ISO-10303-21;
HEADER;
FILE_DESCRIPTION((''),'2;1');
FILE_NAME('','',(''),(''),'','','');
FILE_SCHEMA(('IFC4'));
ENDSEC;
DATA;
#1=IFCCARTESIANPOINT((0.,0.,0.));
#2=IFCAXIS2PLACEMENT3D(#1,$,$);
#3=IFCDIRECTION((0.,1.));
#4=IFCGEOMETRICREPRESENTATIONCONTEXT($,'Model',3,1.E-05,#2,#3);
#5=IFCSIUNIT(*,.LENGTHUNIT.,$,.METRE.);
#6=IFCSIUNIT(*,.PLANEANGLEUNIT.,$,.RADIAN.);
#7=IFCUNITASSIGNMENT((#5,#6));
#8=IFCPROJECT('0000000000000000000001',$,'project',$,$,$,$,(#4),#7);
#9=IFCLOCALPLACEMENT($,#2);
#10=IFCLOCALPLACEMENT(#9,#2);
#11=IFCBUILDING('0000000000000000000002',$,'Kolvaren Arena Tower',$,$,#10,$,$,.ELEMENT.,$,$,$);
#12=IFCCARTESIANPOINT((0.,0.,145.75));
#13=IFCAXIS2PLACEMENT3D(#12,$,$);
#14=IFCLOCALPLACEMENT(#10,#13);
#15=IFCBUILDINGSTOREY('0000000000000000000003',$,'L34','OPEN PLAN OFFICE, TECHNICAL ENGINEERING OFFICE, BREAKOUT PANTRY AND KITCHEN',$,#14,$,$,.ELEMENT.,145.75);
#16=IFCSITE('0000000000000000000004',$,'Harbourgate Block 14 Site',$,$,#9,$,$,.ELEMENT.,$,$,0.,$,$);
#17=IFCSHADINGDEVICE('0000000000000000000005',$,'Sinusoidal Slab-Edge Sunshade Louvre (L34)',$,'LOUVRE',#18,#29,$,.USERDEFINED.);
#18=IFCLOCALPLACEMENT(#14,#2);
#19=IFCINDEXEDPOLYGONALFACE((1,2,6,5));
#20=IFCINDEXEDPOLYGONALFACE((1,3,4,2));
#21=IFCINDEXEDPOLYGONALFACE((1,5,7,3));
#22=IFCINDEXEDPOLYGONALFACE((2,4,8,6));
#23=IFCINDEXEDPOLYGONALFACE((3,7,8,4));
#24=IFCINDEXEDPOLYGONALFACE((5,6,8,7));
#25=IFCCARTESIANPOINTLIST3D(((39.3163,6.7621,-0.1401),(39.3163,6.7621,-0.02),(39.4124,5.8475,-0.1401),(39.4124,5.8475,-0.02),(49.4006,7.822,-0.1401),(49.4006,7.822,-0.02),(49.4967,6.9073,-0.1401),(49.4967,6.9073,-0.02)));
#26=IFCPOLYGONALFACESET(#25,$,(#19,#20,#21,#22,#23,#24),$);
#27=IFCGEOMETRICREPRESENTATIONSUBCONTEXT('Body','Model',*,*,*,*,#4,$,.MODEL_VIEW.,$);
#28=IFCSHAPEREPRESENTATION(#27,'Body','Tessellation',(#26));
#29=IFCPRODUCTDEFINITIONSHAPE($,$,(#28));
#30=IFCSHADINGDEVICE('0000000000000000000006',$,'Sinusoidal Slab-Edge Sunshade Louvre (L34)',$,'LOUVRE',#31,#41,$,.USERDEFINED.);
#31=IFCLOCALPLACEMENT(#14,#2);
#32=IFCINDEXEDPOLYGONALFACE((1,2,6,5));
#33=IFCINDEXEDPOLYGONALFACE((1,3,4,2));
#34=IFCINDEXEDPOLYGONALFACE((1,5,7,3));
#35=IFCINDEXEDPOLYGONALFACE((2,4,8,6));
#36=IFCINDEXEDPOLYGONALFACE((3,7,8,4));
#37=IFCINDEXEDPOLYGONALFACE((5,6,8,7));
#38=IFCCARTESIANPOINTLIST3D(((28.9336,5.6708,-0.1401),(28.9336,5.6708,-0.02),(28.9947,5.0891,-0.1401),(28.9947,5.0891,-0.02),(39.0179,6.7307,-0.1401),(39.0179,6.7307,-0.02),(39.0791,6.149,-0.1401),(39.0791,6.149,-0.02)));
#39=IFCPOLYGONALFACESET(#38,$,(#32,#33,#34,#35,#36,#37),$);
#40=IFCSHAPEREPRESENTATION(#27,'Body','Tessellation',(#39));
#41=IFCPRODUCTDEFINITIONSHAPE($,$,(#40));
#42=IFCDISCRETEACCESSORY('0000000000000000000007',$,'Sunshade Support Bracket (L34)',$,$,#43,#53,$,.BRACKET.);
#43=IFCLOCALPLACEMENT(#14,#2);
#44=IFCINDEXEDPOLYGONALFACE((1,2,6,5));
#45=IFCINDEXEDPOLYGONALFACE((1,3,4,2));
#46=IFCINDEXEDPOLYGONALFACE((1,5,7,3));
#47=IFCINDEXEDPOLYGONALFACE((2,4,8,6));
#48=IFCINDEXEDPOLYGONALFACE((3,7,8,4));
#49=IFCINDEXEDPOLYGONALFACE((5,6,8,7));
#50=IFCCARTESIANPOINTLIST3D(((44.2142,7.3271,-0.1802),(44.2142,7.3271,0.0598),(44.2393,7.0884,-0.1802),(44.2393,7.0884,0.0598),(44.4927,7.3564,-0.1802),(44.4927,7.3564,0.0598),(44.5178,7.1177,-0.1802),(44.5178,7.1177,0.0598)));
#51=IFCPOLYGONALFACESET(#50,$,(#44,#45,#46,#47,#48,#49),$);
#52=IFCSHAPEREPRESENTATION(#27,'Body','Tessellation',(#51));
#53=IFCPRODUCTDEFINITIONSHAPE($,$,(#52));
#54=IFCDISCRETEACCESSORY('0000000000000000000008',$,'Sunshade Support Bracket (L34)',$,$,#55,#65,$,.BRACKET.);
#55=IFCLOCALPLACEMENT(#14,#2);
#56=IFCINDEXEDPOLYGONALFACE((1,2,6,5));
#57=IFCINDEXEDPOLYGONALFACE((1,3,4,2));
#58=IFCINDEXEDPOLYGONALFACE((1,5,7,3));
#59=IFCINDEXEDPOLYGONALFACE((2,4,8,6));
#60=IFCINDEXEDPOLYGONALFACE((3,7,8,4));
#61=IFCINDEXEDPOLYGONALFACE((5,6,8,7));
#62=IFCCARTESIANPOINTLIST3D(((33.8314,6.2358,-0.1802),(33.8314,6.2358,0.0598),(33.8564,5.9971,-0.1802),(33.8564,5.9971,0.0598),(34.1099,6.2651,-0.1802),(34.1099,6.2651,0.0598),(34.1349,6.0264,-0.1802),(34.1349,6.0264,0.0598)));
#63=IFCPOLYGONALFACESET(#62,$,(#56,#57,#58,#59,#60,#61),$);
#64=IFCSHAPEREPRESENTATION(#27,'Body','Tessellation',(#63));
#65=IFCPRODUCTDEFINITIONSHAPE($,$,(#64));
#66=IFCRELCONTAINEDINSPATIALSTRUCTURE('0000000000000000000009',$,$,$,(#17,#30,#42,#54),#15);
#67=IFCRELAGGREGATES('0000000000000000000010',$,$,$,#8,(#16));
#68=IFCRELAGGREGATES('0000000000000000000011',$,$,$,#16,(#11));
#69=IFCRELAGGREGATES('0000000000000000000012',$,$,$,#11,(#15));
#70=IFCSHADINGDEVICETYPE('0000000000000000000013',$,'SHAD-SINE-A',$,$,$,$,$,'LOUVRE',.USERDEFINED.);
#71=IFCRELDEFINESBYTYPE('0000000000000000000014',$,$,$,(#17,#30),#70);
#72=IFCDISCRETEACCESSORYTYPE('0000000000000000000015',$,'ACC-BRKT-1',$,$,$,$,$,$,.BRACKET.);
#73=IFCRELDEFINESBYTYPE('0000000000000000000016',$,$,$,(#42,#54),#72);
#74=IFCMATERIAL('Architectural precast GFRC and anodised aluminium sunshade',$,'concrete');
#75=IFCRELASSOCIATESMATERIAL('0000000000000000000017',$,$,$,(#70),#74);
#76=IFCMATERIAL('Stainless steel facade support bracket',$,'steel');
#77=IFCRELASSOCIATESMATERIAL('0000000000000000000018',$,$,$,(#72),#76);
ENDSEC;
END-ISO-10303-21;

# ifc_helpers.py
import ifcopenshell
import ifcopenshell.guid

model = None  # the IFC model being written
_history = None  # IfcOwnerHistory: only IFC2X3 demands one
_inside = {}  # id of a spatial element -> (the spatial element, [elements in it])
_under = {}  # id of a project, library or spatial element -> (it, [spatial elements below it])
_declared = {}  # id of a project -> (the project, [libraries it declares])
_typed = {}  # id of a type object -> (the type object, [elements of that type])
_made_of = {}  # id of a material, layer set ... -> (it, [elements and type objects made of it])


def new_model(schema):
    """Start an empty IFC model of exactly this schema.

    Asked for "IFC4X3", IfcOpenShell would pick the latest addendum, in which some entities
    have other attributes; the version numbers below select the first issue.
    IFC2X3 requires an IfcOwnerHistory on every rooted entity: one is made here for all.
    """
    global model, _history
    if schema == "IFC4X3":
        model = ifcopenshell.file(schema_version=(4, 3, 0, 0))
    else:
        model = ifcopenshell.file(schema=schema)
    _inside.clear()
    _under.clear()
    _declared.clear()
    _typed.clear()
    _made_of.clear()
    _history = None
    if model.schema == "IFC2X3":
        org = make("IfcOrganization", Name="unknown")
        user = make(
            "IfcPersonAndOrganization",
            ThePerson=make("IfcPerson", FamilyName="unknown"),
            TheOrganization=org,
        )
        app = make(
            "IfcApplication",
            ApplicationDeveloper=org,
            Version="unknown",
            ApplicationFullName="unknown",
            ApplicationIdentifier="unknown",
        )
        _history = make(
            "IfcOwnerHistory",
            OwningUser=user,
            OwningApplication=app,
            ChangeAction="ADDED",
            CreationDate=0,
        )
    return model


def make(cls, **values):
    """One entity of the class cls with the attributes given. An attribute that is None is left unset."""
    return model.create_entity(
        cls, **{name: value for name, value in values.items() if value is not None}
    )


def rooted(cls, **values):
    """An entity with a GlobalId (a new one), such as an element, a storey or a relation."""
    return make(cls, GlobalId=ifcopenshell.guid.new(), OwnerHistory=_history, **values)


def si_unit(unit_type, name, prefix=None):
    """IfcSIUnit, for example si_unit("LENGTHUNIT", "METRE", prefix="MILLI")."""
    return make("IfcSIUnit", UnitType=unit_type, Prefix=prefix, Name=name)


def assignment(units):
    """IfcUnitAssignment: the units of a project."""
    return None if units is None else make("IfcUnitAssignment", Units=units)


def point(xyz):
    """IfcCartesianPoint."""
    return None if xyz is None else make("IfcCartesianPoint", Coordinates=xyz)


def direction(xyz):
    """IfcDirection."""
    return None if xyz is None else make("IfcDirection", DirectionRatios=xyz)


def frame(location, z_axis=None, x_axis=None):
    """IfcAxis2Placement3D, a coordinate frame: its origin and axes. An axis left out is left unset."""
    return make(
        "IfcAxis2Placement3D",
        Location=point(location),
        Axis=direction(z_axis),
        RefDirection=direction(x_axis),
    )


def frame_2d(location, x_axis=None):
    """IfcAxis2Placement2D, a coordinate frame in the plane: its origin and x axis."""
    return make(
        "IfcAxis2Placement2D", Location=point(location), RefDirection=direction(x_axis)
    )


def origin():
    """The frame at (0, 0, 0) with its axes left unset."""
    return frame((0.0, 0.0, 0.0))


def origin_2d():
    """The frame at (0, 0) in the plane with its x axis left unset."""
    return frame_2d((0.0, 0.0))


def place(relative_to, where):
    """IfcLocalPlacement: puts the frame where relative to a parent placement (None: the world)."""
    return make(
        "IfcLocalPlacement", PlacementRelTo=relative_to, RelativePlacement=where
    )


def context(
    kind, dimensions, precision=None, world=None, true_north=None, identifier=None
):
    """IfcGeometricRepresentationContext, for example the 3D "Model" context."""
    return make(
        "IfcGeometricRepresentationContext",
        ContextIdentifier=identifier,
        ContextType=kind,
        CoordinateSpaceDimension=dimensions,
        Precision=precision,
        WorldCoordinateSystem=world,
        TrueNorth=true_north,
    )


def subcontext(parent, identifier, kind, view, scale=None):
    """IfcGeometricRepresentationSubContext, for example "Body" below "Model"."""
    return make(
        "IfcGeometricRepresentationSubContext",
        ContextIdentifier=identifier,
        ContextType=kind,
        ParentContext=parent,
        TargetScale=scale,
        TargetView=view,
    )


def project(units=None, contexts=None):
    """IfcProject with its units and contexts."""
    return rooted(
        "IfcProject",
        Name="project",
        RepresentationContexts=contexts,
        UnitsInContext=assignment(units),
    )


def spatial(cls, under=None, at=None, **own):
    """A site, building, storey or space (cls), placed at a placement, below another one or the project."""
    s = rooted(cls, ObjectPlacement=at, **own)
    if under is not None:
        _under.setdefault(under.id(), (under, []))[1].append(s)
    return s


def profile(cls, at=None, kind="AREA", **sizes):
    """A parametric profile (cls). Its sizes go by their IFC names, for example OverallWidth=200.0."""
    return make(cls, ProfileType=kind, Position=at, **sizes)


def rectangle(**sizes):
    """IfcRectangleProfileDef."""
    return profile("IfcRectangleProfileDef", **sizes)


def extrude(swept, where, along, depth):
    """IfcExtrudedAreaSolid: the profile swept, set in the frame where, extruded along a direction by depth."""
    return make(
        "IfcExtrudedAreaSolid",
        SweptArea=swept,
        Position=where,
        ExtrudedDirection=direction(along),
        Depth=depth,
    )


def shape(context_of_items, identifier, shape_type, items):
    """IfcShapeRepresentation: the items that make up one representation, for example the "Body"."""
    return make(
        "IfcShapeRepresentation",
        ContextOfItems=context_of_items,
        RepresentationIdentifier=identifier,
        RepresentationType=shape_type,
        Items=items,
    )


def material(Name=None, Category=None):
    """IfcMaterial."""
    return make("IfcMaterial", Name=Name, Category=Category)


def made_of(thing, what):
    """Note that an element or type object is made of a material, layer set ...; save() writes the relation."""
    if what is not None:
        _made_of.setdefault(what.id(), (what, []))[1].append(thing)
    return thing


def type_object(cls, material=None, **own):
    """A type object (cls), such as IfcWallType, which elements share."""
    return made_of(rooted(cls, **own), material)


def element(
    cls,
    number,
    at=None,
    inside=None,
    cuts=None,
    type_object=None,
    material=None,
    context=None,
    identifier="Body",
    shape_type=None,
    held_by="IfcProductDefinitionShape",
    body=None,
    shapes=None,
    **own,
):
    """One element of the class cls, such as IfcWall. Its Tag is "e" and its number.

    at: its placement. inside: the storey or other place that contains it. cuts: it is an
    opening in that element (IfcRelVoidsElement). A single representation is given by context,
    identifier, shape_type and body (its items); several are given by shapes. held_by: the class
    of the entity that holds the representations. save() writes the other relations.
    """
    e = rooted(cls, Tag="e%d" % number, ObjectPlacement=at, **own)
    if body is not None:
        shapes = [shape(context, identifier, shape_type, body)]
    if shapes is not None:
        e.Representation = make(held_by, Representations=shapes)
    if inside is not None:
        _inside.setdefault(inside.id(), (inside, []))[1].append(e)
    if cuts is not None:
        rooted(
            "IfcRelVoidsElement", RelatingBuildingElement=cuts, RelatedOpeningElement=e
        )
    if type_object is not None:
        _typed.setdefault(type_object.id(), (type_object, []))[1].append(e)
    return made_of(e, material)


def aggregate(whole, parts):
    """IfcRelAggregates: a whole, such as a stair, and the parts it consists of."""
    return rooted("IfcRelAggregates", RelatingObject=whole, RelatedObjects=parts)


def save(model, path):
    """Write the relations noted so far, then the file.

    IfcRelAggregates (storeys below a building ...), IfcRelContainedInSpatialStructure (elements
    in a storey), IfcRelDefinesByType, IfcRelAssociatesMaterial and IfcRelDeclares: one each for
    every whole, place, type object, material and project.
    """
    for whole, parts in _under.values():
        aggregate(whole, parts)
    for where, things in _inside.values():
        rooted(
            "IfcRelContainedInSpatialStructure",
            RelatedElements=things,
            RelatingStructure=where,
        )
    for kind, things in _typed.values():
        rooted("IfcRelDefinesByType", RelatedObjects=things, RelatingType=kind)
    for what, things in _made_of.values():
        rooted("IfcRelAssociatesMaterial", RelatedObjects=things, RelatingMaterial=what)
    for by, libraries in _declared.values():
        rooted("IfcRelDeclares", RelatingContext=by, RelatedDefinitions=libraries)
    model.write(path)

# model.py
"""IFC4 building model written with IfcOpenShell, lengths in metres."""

from ifc_helpers import new_model, si_unit, direction, frame, origin, origin_2d, place, context, subcontext, project, spatial, rectangle, extrude, material, type_object, element, save


model = new_model("IFC4")

# Units and contexts
model_context = context("Model", 3, precision=1e-05, world=origin(), true_north=direction((0.0, 1.0)))
body_context = subcontext(model_context, "Body", "Model", "MODEL_VIEW")
ifc_project = project(units=[si_unit("LENGTHUNIT", "METRE"), si_unit("PLANEANGLEUNIT", "RADIAN")], contexts=[model_context])

# Site, building, storey
site_placement = place(None, origin())
site = spatial("IfcSite", under=ifc_project, at=site_placement, Name="Harbourgate Block 14 Site", CompositionType="ELEMENT", RefElevation=0.0)
building_placement = place(site_placement, origin())
building = spatial("IfcBuilding", under=site, at=building_placement, Name="Kolvaren Arena Tower", CompositionType="ELEMENT")
storey_placement = place(building_placement, frame((0.0, 0.0, 145.75)))
storey = spatial("IfcBuildingStorey", under=building, at=storey_placement, Name="L34", Description="OPEN PLAN OFFICE, TECHNICAL ENGINEERING OFFICE, BREAKOUT PANTRY AND KITCHEN", CompositionType="ELEMENT", Elevation=145.75)

# Shading devices
ifc_material_1 = material(Name="Architectural precast GFRC and anodised aluminium sunshade", Category="concrete")
shading_device_type = type_object("IfcShadingDeviceType", Name="SHAD-SINE-A", ElementType="LOUVRE", PredefinedType="USERDEFINED", material=ifc_material_1)
shading_device_1_placement = place(storey_placement, frame((44.4065, 6.8347, -0.1401), z_axis=(0.0, 0.0, 1.0), x_axis=(-0.994522, -0.104527, 0.0)))
element("IfcShadingDevice", 1, at=shading_device_1_placement, inside=storey, type_object=shading_device_type, Name="Sinusoidal Slab-Edge Sunshade Louvre (L34)", ObjectType="LOUVRE", PredefinedType="USERDEFINED", context=body_context, shape_type="SweptSolid", body=[
    extrude(rectangle(XDim=10.1399, YDim=0.9197, at=origin_2d()), origin(), (0.0, 0.0, 1.0), 0.1201),
])
shading_device_2_placement = place(storey_placement, frame((34.0063, 5.9099, -0.1401), z_axis=(0.0, 0.0, 1.0), x_axis=(-0.994522, -0.104527, 0.0)))
element("IfcShadingDevice", 2, at=shading_device_2_placement, inside=storey, type_object=shading_device_type, Name="Sinusoidal Slab-Edge Sunshade Louvre (L34)", ObjectType="LOUVRE", PredefinedType="USERDEFINED", context=body_context, shape_type="SweptSolid", body=[
    extrude(rectangle(XDim=10.1399, YDim=0.585, at=origin_2d()), origin(), (0.0, 0.0, 1.0), 0.1201),
])

# Discrete accessories
ifc_material_2 = material(Name="Stainless steel facade support bracket", Category="steel")
discrete_accessory_type = type_object("IfcDiscreteAccessoryType", Name="ACC-BRKT-1", PredefinedType="BRACKET", material=ifc_material_2)
for number, where, z_axis, x_axis, name in (
    (3, (44.366, 7.2224, -0.1802), (0.0, 0.0, 1.0), (-0.994522, -0.104527, 0.0), "Sunshade Support Bracket (L34)"),
    (4, (33.9832, 6.1311, -0.1802), (0.0, 0.0, 1.0), (-0.994522, -0.104527, 0.0), "Sunshade Support Bracket (L34)"),
):
    element("IfcDiscreteAccessory", number, at=place(storey_placement, frame(where, z_axis=z_axis, x_axis=x_axis)), inside=storey, type_object=discrete_accessory_type, Name=name, PredefinedType="BRACKET", context=body_context, shape_type="SweptSolid", body=[
        extrude(rectangle(XDim=0.28, YDim=0.24, at=origin_2d()), origin(), (0.0, 0.0, 1.0), 0.24),
    ])

save(model, "model.ifc")
